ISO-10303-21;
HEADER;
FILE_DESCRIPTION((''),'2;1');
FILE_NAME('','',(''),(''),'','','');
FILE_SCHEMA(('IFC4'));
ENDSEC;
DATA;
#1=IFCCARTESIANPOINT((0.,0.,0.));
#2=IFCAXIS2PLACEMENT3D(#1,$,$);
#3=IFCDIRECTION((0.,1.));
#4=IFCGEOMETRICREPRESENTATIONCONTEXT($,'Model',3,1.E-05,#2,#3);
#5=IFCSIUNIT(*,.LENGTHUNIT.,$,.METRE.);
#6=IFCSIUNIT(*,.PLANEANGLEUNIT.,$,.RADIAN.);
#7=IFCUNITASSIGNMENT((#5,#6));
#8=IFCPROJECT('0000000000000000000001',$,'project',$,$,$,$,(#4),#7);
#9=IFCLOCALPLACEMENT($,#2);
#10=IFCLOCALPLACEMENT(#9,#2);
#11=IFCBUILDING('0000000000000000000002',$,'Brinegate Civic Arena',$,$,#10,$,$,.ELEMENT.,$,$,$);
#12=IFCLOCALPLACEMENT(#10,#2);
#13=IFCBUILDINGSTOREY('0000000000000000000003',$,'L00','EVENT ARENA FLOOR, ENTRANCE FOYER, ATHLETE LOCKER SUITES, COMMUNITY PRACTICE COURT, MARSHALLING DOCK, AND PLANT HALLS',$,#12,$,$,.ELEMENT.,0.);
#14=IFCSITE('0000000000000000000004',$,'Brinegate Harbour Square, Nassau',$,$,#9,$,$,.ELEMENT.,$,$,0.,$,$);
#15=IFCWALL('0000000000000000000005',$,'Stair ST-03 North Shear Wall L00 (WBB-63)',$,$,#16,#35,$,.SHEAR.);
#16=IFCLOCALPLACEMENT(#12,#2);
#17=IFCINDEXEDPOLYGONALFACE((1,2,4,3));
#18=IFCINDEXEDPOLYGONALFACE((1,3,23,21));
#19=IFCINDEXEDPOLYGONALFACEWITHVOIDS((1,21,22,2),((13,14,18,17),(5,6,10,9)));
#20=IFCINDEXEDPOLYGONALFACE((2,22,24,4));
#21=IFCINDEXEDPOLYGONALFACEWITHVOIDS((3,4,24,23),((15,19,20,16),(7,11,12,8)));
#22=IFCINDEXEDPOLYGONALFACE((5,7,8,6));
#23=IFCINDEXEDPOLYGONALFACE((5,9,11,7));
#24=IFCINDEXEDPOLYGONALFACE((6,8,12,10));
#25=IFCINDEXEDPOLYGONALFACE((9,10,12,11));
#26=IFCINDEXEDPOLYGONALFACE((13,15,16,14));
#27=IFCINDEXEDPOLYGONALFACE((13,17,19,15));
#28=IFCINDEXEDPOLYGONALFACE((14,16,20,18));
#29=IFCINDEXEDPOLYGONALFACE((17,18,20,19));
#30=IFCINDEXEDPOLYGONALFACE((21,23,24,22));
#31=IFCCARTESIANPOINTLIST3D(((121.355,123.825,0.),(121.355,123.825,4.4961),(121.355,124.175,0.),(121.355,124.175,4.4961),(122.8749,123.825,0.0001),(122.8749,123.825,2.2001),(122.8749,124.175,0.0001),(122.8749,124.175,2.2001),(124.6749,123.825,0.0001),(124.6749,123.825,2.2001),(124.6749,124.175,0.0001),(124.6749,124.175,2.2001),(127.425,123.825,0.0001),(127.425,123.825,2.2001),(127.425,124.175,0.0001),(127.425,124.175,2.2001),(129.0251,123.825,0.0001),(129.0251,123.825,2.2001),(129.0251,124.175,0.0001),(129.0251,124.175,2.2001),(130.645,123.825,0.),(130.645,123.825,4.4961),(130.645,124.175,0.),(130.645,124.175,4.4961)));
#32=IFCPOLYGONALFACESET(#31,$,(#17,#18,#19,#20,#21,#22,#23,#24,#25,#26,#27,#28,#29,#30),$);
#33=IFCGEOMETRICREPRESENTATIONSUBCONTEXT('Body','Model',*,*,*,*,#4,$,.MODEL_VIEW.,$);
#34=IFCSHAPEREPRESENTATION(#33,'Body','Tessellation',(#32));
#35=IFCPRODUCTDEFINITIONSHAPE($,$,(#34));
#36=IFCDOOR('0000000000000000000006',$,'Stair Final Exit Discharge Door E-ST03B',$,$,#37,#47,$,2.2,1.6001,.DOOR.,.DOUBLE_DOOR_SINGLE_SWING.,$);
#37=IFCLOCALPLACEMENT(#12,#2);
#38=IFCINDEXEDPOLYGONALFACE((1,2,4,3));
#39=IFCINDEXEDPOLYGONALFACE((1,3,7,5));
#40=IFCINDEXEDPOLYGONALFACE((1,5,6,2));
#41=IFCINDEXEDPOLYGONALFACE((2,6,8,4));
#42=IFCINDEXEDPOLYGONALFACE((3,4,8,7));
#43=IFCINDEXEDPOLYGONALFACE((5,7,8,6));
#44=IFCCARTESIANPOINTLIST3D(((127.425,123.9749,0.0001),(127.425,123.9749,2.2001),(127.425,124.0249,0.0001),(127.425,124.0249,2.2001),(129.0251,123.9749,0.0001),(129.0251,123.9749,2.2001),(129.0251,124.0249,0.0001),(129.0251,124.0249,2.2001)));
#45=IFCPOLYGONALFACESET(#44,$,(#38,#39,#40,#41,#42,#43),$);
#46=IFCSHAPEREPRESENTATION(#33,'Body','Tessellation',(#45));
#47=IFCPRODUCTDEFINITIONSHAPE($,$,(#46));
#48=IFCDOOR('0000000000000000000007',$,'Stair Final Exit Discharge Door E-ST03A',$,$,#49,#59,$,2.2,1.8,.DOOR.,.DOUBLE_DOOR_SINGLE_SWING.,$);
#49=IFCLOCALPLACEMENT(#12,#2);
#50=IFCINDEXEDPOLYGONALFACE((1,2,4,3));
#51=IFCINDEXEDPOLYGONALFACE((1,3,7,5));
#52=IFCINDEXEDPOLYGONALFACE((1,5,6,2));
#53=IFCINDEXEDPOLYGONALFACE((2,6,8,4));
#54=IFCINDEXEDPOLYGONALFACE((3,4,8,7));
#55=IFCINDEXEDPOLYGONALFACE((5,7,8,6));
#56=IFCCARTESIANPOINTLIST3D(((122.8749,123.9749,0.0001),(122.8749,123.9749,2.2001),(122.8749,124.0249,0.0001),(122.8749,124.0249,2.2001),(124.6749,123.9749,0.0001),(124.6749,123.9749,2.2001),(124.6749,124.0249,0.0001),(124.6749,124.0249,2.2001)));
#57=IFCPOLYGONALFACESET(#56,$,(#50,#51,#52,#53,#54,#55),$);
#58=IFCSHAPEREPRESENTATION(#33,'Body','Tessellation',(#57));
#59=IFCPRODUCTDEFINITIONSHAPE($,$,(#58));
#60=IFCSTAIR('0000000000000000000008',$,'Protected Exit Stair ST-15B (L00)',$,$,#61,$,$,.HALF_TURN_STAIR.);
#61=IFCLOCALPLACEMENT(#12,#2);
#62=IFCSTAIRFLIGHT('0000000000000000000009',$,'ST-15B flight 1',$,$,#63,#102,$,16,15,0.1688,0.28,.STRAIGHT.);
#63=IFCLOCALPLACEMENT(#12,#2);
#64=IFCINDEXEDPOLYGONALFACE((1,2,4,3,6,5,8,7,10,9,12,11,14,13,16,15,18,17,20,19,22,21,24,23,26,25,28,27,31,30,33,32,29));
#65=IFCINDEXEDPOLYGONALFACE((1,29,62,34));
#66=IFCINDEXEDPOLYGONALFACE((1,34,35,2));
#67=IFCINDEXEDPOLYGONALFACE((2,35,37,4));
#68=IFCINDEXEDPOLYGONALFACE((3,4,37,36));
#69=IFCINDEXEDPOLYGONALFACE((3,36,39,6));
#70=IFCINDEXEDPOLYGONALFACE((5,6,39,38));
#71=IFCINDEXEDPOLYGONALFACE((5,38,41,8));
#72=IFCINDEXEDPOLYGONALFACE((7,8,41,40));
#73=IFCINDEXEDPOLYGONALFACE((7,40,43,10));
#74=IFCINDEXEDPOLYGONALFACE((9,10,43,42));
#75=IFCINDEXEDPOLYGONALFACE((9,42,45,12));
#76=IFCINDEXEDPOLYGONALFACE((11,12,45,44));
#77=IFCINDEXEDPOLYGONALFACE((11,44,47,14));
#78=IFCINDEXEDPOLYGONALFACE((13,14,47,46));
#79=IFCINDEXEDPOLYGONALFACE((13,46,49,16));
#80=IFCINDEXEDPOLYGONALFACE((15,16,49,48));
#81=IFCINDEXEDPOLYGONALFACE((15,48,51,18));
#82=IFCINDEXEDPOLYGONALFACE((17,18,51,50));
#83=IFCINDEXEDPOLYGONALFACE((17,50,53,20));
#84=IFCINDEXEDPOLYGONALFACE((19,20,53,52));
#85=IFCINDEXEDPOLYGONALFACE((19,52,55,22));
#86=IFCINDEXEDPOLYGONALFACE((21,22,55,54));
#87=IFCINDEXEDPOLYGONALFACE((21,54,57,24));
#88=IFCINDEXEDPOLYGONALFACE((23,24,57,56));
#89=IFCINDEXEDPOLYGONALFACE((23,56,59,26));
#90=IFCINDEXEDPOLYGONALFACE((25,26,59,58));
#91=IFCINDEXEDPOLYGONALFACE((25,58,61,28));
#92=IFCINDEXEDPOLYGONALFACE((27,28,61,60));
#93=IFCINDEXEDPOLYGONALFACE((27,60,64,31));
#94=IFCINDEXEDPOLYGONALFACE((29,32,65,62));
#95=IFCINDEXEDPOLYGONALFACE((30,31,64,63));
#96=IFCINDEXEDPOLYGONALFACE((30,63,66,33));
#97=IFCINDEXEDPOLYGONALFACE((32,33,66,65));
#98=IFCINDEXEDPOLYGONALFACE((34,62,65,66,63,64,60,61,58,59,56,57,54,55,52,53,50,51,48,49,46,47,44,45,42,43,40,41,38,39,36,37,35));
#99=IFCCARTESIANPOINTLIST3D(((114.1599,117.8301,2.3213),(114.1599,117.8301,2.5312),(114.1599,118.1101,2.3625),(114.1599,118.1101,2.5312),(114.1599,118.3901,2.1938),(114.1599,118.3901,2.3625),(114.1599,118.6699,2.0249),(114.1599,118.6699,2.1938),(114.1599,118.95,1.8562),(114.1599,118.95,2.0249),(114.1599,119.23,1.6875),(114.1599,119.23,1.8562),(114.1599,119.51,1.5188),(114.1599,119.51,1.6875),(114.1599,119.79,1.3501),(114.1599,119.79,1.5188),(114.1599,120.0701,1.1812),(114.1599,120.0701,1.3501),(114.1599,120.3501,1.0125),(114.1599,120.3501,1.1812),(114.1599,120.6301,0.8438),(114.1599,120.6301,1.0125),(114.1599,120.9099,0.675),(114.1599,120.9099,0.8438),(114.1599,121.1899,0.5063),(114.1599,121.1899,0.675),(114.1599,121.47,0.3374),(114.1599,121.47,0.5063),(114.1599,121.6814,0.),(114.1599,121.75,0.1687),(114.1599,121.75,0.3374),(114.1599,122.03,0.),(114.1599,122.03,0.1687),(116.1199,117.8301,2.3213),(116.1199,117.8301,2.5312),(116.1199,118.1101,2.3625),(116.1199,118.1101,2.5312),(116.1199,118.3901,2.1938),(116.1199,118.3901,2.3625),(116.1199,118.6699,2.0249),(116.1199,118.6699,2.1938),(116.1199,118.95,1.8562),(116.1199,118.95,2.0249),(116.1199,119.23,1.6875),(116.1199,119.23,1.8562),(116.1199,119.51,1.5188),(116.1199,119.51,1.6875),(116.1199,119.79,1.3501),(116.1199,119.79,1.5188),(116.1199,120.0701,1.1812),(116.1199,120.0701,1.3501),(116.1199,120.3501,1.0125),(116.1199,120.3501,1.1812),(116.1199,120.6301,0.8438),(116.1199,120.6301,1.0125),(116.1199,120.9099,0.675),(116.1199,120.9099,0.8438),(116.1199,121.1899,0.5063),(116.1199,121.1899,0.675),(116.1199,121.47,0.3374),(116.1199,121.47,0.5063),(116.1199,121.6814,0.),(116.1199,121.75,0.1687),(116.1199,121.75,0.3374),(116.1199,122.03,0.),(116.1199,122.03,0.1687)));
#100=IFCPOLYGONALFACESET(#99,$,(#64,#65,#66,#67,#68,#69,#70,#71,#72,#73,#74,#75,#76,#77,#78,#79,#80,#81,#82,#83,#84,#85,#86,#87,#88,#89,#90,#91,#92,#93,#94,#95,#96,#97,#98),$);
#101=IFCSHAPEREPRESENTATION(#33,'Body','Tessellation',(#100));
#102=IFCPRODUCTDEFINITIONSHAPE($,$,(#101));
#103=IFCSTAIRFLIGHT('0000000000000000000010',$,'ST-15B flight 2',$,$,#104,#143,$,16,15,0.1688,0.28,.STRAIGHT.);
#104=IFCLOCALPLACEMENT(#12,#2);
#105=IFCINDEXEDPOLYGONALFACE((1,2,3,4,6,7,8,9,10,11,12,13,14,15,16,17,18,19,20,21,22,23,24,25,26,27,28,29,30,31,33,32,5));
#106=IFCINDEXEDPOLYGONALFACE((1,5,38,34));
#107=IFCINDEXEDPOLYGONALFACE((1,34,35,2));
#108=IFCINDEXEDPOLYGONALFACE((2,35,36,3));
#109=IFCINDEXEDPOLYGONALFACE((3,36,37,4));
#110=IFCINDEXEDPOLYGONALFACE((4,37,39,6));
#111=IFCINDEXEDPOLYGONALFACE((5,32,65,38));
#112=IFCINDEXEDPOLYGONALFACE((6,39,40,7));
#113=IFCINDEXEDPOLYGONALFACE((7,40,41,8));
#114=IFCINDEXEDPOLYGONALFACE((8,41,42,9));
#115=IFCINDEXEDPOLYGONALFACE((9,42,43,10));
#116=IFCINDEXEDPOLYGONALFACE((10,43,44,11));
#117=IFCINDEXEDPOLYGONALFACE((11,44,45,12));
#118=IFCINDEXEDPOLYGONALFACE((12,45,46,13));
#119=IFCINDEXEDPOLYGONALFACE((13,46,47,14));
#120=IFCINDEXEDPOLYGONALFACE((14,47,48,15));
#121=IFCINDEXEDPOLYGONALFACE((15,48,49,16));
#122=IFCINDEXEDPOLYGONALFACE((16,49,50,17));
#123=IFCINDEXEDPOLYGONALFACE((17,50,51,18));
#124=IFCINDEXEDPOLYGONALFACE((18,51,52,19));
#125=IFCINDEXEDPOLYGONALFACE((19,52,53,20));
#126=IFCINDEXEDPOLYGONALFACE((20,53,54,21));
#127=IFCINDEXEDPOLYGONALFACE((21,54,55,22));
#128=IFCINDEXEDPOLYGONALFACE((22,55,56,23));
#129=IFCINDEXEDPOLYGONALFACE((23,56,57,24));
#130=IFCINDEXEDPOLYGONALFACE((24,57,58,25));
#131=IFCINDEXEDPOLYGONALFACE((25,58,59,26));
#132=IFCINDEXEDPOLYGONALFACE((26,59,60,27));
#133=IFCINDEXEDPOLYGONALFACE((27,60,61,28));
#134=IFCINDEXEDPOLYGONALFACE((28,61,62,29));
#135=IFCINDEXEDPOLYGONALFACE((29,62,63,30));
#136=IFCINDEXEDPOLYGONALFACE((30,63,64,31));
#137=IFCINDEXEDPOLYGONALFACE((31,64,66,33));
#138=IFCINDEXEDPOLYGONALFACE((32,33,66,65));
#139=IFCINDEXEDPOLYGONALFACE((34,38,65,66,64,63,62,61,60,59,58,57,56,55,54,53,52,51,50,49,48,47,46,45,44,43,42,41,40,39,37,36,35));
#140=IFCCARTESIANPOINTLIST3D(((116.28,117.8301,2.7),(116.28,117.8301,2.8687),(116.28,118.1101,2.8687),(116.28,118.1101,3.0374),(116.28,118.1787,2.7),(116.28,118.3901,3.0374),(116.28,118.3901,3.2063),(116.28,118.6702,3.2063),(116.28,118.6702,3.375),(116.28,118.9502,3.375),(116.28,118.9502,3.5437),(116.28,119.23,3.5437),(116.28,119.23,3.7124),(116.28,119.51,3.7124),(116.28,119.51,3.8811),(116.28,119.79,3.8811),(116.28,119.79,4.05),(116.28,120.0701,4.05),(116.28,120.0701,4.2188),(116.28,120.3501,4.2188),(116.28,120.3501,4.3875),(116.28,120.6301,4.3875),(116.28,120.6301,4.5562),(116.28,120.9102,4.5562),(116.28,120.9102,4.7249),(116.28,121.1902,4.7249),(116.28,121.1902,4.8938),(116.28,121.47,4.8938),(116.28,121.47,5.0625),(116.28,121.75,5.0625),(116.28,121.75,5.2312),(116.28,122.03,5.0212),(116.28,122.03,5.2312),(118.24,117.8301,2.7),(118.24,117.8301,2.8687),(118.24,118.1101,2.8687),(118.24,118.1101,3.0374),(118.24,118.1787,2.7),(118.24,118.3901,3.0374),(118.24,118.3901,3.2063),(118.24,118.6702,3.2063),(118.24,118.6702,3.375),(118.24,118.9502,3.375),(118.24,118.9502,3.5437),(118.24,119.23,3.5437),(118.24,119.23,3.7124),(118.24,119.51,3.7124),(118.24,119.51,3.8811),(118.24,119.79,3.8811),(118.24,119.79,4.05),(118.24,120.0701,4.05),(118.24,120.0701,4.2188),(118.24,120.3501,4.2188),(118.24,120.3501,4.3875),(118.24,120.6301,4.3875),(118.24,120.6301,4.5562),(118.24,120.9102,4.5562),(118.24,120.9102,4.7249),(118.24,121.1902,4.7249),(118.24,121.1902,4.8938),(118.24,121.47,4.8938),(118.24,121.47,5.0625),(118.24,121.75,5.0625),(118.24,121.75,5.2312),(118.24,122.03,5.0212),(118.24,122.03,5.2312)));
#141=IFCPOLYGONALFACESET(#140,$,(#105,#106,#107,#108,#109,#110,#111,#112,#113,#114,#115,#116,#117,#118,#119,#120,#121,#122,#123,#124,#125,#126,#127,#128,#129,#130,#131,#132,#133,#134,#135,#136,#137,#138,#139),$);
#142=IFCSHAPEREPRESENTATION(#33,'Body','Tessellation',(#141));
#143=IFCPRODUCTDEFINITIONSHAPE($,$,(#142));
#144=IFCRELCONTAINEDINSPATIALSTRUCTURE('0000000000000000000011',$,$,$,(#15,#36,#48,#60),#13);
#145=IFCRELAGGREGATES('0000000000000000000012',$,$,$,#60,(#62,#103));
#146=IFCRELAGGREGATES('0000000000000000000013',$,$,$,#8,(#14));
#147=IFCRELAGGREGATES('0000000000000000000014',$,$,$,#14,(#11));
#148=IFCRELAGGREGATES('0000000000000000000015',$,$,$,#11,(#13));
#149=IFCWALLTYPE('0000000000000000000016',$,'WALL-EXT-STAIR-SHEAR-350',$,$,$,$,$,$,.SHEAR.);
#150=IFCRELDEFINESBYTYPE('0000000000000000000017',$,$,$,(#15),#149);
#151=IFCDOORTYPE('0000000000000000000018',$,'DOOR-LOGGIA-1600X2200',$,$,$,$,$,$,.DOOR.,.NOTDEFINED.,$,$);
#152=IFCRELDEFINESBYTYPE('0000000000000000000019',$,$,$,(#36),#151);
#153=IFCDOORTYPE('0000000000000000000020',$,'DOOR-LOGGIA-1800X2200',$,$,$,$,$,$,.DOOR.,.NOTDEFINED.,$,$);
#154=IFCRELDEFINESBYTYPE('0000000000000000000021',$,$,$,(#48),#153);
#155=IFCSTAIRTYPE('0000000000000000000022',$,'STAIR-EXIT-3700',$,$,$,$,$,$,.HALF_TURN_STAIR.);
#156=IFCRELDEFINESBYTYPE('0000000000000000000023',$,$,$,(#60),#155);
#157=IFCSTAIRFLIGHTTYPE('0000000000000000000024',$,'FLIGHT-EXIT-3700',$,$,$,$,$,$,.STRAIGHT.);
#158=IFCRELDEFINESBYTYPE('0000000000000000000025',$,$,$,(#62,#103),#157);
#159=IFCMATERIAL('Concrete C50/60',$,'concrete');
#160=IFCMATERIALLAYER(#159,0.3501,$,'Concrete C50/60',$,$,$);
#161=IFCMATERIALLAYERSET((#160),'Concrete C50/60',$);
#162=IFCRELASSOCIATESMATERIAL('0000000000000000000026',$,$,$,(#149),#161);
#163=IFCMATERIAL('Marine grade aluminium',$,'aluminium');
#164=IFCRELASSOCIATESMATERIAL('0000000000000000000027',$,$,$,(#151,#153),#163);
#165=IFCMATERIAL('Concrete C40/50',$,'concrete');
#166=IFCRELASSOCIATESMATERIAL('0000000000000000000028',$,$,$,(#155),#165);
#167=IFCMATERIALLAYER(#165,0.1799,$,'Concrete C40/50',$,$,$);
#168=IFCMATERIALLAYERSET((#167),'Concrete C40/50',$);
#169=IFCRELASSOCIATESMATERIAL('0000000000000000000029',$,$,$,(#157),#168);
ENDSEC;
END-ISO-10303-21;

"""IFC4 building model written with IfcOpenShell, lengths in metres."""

from ifc_helpers import new_model, si_unit, direction, frame, frame_2d, origin, place, context, subcontext, project, spatial, polyline, rectangle, outline, extrude, material, layer, layer_set, type_object, element, fill, aggregate, save


model = new_model("IFC4")

# Units and contexts
model_context = context("Model", 3, precision=1e-05, world=origin(), true_north=direction((0.0, 1.0)))
body_context = subcontext(model_context, "Body", "Model", "MODEL_VIEW")
ifc_project = project(units=[si_unit("LENGTHUNIT", "METRE"), si_unit("PLANEANGLEUNIT", "RADIAN")], contexts=[model_context])

# Site, building, storey
site_placement = place(None, origin())
site = spatial("IfcSite", under=ifc_project, at=site_placement, Name="Brinegate Harbour Square, Nassau", CompositionType="ELEMENT", RefElevation=0.0)
building_placement = place(site_placement, origin())
building = spatial("IfcBuilding", under=site, at=building_placement, Name="Brinegate Civic Arena", CompositionType="ELEMENT")
storey_placement = place(building_placement, origin())
storey = spatial("IfcBuildingStorey", under=building, at=storey_placement, Name="L00", Description="EVENT ARENA FLOOR, ENTRANCE FOYER, ATHLETE LOCKER SUITES, COMMUNITY PRACTICE COURT, MARSHALLING DOCK, AND PLANT HALLS", CompositionType="ELEMENT", Elevation=0.0)

# Shared definitions
ifc_material_1 = material(Name="Concrete C40/50", Category="concrete")

# Shared definitions
ifc_material_2 = material(Name="Concrete C50/60", Category="concrete")

# Wall, openings, doors
ifc_layer_1 = layer(ifc_material_2, 0.3501, Name="Concrete C50/60")
ifc_layer_set_1 = layer_set([ifc_layer_1], Name="Concrete C50/60")
wall_type = type_object("IfcWallType", Name="WALL-EXT-STAIR-SHEAR-350", PredefinedType="SHEAR", material=ifc_layer_set_1)
wall_placement = place(storey_placement, frame((121.355, 124.0, 0.0), z_axis=(0.0, 0.0, 1.0), x_axis=(1.0, 0.0, 0.0)))
wall = element("IfcWall", 1, at=wall_placement, inside=storey, type_object=wall_type, Name="Stair ST-03 North Shear Wall L00 (WBB-63)", PredefinedType="SHEAR", context=body_context, shape_type="SweptSolid", body=[
    extrude(rectangle(XDim=9.29, YDim=0.3501, at=frame_2d((4.645, 0.0))), origin(), (0.0, 0.0, 1.0), 4.4961),
])
opening_1_placement = place(wall_placement, frame((1.52, 0.0, 0.0)))
opening_1 = element("IfcOpeningElement", 2, at=opening_1_placement, cuts=wall, PredefinedType="OPENING", context=body_context, shape_type="SweptSolid", body=[
    extrude(rectangle(XDim=1.8, YDim=2.2, at=frame_2d((0.8999, 1.1001))), frame((0.0, 0.1851, 0.0), z_axis=(0.0, -1.0, 0.0), x_axis=(1.0, 0.0, 0.0)), (0.0, 0.0, 1.0), 0.3701),
])
opening_2_placement = place(wall_placement, frame((6.0701, 0.0, 0.0)))
opening_2 = element("IfcOpeningElement", 3, at=opening_2_placement, cuts=wall, PredefinedType="OPENING", context=body_context, shape_type="SweptSolid", body=[
    extrude(rectangle(XDim=1.6001, YDim=2.2, at=frame_2d((0.8, 1.1001))), frame((0.0, 0.1851, 0.0), z_axis=(0.0, -1.0, 0.0), x_axis=(1.0, 0.0, 0.0)), (0.0, 0.0, 1.0), 0.3701),
])
ifc_material_3 = material(Name="Marine grade aluminium", Category="aluminium")
door_type_1 = type_object("IfcDoorType", Name="DOOR-LOGGIA-1600X2200", OperationType="NOTDEFINED", PredefinedType="DOOR", material=ifc_material_3)
door_1_placement = place(opening_2_placement, origin())
door_1 = element("IfcDoor", 4, at=door_1_placement, inside=storey, type_object=door_type_1, Name="Stair Final Exit Discharge Door E-ST03B", OperationType="DOUBLE_DOOR_SINGLE_SWING", OverallHeight=2.2, OverallWidth=1.6001, PredefinedType="DOOR", context=body_context, shape_type="SweptSolid", body=[
    extrude(rectangle(XDim=1.6001, YDim=2.2, at=frame_2d((0.8, 1.1001))), frame((0.0, 0.0249, 0.0), z_axis=(0.0, -1.0, 0.0), x_axis=(1.0, 0.0, 0.0)), (0.0, 0.0, 1.0), 0.05),
])
fill(opening_2, door_1)
door_type_2 = type_object("IfcDoorType", Name="DOOR-LOGGIA-1800X2200", OperationType="NOTDEFINED", PredefinedType="DOOR", material=ifc_material_3)
door_2_placement = place(opening_1_placement, origin())
door_2 = element("IfcDoor", 5, at=door_2_placement, inside=storey, type_object=door_type_2, Name="Stair Final Exit Discharge Door E-ST03A", OperationType="DOUBLE_DOOR_SINGLE_SWING", OverallHeight=2.2, OverallWidth=1.8, PredefinedType="DOOR", context=body_context, shape_type="SweptSolid", body=[
    extrude(rectangle(XDim=1.8, YDim=2.2, at=frame_2d((0.8999, 1.1001))), frame((0.0, 0.0249, 0.0), z_axis=(0.0, -1.0, 0.0), x_axis=(1.0, 0.0, 0.0)), (0.0, 0.0, 1.0), 0.05),
])
fill(opening_1, door_2)

# Stair, stair flights
stair_type_1 = type_object("IfcStairType", Name="STAIR-EXIT-3700", PredefinedType="HALF_TURN_STAIR", material=ifc_material_1)
stair_1_placement = place(storey_placement, origin())
stair_1 = element("IfcStair", 6, at=stair_1_placement, inside=storey, type_object=stair_type_1, Name="Protected Exit Stair ST-15B (L00)", PredefinedType="HALF_TURN_STAIR")
ifc_layer_2 = layer(ifc_material_1, 0.1799, Name="Concrete C40/50")
ifc_layer_set_2 = layer_set([ifc_layer_2], Name="Concrete C40/50")
stair_flight_type_1 = type_object("IfcStairFlightType", Name="FLIGHT-EXIT-3700", PredefinedType="STRAIGHT", material=ifc_layer_set_2)
stair_flight_1_placement = place(storey_placement, frame((115.1399, 122.03, 0.0), z_axis=(0.0, 0.0, 1.0), x_axis=(0.0, -1.0, 0.0)))
stair_flight_1 = element("IfcStairFlight", 7, at=stair_flight_1_placement, type_object=stair_flight_type_1, Name="ST-15B flight 1", NumberOfRisers=16, NumberOfTreads=15, PredefinedType="STRAIGHT", RiserHeight=0.1688, TreadLength=0.28, context=body_context, shape_type="SweptSolid", body=[
    extrude(outline(polyline([(0.0, 0.0), (0.0, 0.1687), (0.28, 0.1687), (0.28, 0.3374), (0.5601, 0.3374), (0.5601, 0.5063), (0.8401, 0.5063), (0.8401, 0.675), (1.1201, 0.675), (1.1201, 0.8438), (1.3999, 0.8438), (1.3999, 1.0125), (1.6799, 1.0125), (1.6799, 1.1812), (1.96, 1.1812), (1.96, 1.3501), (2.24, 1.3501), (2.24, 1.5188), (2.52, 1.5188), (2.52, 1.6875), (2.8, 1.6875), (2.8, 1.8562), (3.0801, 1.8562), (3.0801, 2.0249), (3.3601, 2.0249), (3.3601, 2.1938), (3.6399, 2.1938), (3.6399, 2.3625), (3.9199, 2.3625), (3.9199, 2.5312), (4.2, 2.5312), (4.2, 2.7), (4.2, 2.3213), (0.3486, 0.0), (0.0, 0.0)])), frame((0.0, 0.98, 0.0), z_axis=(0.0, -1.0, 0.0), x_axis=(1.0, 0.0, 0.0)), (0.0, 0.0, 1.0), 1.96),
])
stair_flight_2_placement = place(storey_placement, frame((117.26, 117.8301, 2.7), z_axis=(0.0, 0.0, 1.0), x_axis=(0.0, 1.0, 0.0)))
stair_flight_2 = element("IfcStairFlight", 8, at=stair_flight_2_placement, type_object=stair_flight_type_1, Name="ST-15B flight 2", NumberOfRisers=16, NumberOfTreads=15, PredefinedType="STRAIGHT", RiserHeight=0.1688, TreadLength=0.28, context=body_context, shape_type="SweptSolid", body=[
    extrude(outline(polyline([(0.0, 0.0), (0.0, 0.1687), (0.28, 0.1687), (0.28, 0.3374), (0.5601, 0.3374), (0.5601, 0.5063), (0.8401, 0.5063), (0.8401, 0.675), (1.1201, 0.675), (1.1201, 0.8438), (1.3999, 0.8438), (1.3999, 1.0125), (1.6799, 1.0125), (1.6799, 1.1812), (1.96, 1.1812), (1.96, 1.3501), (2.24, 1.3501), (2.24, 1.5188), (2.52, 1.5188), (2.52, 1.6875), (2.8, 1.6875), (2.8, 1.8562), (3.0801, 1.8562), (3.0801, 2.0249), (3.3601, 2.0249), (3.3601, 2.1938), (3.6399, 2.1938), (3.6399, 2.3625), (3.9199, 2.3625), (3.9199, 2.5312), (4.2, 2.5312), (4.2, 2.7), (4.2, 2.3213), (0.3486, 0.0), (0.0, 0.0)])), frame((0.0, 0.98, 0.0), z_axis=(0.0, -1.0, 0.0), x_axis=(1.0, 0.0, 0.0)), (0.0, 0.0, 1.0), 1.96),
])
aggregate(stair_1, [stair_flight_1, stair_flight_2])

save(model, "model.ifc")
